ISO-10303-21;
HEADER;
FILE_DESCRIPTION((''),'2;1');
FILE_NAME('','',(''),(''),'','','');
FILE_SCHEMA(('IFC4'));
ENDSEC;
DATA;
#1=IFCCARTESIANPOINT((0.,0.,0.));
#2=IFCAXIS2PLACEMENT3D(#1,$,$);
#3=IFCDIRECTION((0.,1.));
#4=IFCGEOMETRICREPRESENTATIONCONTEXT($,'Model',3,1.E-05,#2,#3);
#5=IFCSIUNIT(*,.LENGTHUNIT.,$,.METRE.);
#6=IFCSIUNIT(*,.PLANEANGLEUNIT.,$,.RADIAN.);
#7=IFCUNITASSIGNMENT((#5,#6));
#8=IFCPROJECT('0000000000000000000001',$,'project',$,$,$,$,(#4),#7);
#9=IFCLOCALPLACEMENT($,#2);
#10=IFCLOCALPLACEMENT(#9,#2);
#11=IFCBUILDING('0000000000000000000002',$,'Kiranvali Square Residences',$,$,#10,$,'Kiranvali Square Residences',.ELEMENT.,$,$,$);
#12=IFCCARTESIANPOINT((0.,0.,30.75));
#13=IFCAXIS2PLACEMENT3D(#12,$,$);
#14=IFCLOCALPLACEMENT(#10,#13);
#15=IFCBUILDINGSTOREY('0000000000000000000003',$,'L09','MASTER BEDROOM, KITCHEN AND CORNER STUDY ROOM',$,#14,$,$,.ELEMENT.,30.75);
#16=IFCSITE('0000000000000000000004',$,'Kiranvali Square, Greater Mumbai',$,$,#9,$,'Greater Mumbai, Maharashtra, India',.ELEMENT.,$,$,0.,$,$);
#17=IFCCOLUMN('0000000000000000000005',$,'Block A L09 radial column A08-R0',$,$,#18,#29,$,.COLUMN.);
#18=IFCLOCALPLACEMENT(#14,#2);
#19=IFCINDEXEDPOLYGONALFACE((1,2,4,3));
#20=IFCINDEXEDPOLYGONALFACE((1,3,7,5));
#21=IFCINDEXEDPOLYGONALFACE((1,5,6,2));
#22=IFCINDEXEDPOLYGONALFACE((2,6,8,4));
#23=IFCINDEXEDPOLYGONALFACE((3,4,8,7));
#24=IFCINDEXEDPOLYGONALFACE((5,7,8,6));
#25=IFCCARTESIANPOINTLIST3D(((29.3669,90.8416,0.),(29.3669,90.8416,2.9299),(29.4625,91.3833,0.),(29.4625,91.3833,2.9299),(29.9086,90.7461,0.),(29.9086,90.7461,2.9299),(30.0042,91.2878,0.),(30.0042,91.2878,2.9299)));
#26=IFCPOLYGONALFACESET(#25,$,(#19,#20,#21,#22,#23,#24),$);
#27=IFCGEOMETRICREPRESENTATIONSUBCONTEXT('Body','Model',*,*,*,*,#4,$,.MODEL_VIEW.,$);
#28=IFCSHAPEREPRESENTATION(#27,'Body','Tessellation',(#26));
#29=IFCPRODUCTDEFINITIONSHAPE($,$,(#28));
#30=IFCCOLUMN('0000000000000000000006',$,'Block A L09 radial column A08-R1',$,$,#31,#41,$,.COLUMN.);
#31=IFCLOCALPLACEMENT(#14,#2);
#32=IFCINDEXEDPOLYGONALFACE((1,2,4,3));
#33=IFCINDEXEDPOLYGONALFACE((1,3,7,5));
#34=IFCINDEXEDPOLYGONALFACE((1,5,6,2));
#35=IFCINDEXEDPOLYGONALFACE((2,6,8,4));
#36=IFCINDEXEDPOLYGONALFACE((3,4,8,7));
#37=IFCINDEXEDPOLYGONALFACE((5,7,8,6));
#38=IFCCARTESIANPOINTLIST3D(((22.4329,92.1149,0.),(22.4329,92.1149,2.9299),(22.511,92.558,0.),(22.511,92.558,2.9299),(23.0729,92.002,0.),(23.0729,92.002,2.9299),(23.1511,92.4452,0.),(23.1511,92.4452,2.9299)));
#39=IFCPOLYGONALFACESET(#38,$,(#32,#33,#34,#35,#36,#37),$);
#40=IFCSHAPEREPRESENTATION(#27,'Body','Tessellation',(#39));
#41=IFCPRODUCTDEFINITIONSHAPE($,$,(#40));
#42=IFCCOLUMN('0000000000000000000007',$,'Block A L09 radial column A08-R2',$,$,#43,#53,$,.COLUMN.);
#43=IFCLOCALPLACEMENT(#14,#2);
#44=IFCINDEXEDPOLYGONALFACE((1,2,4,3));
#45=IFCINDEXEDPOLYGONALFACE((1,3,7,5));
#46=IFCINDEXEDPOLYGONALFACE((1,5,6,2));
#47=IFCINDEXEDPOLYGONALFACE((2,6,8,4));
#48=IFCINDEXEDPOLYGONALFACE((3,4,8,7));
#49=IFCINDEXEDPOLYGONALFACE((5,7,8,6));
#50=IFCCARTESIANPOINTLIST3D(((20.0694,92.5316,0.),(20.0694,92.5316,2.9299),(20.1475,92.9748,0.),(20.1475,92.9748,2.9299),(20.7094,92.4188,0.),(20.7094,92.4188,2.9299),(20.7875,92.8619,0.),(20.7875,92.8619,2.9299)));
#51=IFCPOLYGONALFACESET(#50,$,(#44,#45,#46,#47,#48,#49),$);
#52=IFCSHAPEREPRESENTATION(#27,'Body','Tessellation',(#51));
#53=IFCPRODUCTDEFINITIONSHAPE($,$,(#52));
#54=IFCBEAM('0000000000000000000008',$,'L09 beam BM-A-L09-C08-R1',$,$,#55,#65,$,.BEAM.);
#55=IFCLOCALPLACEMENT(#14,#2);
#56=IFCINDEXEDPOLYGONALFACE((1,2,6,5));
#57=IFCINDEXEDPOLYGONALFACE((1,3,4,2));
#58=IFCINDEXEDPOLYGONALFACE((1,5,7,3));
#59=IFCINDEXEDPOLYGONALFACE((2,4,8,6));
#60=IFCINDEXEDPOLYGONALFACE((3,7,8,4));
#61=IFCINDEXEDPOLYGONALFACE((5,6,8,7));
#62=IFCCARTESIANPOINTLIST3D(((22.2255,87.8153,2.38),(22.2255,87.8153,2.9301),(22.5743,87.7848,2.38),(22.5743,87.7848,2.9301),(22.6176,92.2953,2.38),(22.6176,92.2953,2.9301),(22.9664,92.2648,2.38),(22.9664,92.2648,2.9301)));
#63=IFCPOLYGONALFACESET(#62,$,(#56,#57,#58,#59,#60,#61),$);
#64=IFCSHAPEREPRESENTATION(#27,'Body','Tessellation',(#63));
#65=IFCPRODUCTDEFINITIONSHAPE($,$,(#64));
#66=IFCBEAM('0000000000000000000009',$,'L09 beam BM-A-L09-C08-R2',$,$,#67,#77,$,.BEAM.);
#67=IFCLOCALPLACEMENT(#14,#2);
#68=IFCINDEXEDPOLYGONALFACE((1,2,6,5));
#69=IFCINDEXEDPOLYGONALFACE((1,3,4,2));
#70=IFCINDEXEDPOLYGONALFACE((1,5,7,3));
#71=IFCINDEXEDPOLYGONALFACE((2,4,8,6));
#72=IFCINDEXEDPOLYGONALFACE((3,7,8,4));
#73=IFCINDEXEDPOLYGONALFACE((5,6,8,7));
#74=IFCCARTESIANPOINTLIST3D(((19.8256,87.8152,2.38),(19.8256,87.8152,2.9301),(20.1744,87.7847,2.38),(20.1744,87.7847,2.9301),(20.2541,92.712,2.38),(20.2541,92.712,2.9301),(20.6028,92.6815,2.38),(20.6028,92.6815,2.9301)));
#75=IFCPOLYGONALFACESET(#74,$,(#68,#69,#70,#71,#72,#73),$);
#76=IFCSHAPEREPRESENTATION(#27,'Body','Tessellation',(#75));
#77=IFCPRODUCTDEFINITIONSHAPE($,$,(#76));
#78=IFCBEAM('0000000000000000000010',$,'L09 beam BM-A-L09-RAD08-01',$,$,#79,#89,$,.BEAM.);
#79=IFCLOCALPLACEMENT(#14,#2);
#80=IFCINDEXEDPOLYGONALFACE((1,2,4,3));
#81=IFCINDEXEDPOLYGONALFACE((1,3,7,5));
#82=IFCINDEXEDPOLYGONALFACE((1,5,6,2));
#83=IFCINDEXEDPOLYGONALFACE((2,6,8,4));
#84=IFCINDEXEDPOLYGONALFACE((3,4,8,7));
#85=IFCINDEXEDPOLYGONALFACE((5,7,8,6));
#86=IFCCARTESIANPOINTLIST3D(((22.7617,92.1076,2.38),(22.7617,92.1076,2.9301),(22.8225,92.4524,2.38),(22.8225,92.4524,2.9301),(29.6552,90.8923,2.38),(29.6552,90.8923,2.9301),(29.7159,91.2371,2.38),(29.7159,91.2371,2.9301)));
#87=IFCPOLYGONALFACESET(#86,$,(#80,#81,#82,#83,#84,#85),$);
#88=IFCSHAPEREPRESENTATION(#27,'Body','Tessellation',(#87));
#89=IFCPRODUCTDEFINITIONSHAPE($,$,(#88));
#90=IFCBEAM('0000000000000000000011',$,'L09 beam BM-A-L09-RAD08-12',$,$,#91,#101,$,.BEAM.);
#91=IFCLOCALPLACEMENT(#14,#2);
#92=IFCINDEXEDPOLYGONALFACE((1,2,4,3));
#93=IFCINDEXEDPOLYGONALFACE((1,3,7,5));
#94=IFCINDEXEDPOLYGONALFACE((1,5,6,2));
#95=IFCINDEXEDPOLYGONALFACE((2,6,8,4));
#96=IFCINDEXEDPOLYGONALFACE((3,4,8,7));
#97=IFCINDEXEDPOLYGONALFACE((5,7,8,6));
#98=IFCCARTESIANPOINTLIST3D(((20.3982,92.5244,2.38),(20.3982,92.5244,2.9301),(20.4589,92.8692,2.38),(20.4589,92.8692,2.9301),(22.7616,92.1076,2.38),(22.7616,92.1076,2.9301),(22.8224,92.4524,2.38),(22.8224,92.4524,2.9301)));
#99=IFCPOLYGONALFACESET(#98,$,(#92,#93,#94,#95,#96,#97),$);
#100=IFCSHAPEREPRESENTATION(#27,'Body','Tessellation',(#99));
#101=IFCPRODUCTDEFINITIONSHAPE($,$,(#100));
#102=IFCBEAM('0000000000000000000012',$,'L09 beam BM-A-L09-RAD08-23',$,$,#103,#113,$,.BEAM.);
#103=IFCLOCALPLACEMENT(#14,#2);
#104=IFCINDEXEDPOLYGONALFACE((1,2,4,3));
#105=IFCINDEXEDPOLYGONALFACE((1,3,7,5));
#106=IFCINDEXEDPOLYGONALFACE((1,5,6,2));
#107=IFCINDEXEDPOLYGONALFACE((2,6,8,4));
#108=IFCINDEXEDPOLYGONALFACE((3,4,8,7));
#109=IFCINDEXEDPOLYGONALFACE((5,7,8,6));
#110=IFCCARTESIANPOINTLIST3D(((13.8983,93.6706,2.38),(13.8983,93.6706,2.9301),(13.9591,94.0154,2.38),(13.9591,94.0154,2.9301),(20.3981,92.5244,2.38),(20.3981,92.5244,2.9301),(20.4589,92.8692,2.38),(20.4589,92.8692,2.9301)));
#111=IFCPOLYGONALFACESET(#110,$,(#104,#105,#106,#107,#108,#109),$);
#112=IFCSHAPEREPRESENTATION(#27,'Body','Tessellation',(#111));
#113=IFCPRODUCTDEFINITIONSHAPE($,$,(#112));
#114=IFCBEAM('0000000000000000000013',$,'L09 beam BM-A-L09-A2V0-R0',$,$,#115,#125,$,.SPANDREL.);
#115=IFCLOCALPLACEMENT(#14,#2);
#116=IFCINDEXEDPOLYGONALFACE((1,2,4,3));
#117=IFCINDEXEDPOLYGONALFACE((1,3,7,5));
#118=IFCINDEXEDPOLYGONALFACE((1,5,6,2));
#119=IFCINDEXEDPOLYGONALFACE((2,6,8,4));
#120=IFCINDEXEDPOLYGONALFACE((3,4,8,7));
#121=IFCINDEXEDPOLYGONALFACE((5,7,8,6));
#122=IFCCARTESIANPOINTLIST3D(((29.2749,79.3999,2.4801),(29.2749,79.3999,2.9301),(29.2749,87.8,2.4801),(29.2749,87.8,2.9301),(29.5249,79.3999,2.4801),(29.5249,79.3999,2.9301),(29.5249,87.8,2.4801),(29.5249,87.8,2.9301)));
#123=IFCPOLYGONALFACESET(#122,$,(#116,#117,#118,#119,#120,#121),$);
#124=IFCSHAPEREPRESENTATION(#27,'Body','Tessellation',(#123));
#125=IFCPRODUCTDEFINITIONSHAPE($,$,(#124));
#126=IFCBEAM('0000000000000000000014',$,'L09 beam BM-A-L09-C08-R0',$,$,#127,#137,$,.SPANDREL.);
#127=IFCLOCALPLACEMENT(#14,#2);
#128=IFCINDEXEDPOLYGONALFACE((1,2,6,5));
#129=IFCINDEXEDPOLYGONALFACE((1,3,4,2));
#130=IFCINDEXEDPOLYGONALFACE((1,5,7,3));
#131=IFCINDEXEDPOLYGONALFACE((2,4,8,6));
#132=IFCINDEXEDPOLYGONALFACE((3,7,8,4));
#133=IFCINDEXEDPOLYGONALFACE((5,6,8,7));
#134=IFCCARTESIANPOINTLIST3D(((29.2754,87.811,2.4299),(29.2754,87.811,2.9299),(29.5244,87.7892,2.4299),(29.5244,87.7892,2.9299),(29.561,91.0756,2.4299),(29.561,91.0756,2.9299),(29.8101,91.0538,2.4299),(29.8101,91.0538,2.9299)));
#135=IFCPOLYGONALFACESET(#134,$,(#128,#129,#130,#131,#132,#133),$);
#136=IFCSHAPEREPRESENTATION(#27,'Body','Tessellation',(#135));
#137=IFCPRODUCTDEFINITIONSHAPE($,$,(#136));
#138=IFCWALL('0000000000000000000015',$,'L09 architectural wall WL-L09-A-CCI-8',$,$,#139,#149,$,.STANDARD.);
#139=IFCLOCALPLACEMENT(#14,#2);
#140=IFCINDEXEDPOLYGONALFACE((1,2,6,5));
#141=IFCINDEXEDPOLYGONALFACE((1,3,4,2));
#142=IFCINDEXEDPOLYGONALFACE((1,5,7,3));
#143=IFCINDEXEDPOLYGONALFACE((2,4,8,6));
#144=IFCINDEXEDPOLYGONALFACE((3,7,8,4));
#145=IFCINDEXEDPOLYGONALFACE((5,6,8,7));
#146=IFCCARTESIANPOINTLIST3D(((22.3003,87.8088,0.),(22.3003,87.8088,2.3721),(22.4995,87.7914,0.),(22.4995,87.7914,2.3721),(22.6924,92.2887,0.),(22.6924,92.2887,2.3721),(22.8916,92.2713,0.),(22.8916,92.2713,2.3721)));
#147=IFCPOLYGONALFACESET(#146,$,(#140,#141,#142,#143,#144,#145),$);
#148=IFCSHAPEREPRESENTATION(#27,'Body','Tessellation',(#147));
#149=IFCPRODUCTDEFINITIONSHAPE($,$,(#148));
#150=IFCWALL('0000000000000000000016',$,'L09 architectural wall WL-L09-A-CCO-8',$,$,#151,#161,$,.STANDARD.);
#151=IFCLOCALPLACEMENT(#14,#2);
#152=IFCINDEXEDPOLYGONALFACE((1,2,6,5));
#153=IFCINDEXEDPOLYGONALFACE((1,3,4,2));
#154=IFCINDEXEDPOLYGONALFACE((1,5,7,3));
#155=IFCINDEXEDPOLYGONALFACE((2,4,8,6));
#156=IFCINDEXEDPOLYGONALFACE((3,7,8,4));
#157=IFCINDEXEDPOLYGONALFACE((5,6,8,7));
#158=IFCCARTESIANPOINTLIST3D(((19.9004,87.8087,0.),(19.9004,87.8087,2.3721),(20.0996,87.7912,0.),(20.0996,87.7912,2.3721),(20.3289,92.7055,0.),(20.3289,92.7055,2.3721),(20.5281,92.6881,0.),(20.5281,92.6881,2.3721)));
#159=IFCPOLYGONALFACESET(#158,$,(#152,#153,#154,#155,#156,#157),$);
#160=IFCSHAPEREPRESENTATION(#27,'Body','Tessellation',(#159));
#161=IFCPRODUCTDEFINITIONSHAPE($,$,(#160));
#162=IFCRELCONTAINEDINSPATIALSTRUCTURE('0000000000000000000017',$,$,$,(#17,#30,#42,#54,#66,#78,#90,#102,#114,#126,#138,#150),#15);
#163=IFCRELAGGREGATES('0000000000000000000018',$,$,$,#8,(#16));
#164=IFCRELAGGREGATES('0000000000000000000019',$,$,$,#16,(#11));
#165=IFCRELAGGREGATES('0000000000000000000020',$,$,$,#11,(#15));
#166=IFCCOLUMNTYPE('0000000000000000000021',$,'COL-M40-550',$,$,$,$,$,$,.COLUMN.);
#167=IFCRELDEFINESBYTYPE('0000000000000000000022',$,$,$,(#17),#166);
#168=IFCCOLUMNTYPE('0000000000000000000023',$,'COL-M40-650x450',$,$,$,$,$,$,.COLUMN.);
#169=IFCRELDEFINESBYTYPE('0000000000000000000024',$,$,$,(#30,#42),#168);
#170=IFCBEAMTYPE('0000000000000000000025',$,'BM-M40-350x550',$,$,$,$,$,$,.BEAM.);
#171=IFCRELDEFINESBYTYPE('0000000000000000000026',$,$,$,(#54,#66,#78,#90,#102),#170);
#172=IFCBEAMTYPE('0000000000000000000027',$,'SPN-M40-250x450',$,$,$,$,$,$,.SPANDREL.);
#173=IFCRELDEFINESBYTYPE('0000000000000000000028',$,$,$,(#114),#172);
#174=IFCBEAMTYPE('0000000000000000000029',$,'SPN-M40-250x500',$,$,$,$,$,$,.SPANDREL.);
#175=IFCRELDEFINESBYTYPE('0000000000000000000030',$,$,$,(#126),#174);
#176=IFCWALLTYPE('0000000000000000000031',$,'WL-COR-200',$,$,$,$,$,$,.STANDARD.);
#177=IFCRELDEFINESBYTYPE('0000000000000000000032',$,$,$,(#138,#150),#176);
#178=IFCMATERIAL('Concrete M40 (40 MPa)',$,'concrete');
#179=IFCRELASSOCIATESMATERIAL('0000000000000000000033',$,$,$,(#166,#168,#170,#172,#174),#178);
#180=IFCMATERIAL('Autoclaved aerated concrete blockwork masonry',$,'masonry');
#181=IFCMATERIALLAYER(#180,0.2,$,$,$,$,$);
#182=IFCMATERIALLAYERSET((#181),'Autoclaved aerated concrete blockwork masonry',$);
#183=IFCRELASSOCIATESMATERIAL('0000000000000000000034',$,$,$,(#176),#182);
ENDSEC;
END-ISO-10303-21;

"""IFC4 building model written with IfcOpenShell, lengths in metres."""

from ifc_helpers import new_model, si_unit, direction, frame, frame_2d, origin, origin_2d, place, context, subcontext, project, spatial, rectangle, extrude, material, layer, layer_set, material_profile, profile_set, type_object, element, save


model = new_model("IFC4")

# Units and contexts
model_context = context("Model", 3, precision=1e-05, world=origin(), true_north=direction((0.0, 1.0)))
body_context = subcontext(model_context, "Body", "Model", "MODEL_VIEW")
ifc_project = project(units=[si_unit("LENGTHUNIT", "METRE"), si_unit("PLANEANGLEUNIT", "RADIAN")], contexts=[model_context])

# Site, building, storey
site_placement = place(None, origin())
site = spatial("IfcSite", under=ifc_project, at=site_placement, Name="Kiranvali Square, Greater Mumbai", LongName="Greater Mumbai, Maharashtra, India", CompositionType="ELEMENT", RefElevation=0.0)
building_placement = place(site_placement, origin())
building = spatial("IfcBuilding", under=site, at=building_placement, Name="Kiranvali Square Residences", LongName="Kiranvali Square Residences", CompositionType="ELEMENT")
storey_placement = place(building_placement, frame((0.0, 0.0, 30.75)))
storey = spatial("IfcBuildingStorey", under=building, at=storey_placement, Name="L09", Description="MASTER BEDROOM, KITCHEN AND CORNER STUDY ROOM", CompositionType="ELEMENT", Elevation=30.75)

# Columns
ifc_material_1 = material(Name="Concrete M40 (40 MPa)", Category="concrete")
ifc_material_profile_1 = material_profile(ifc_material_1, rectangle(XDim=0.55, YDim=0.55, at=origin_2d()), Name="RC 550x550")
ifc_profile_set_1 = profile_set([ifc_material_profile_1], Name="Concrete M40 (40 MPa)")
column_type_1 = type_object("IfcColumnType", Name="COL-M40-550", PredefinedType="COLUMN", material=ifc_profile_set_1)
column_placement = place(storey_placement, frame((29.6855, 91.0647, 0.0), z_axis=(0.0, 0.0, 1.0), x_axis=(0.173648, 0.984808, 0.0)))
element("IfcColumn", 1, at=column_placement, inside=storey, type_object=column_type_1, Name="Block A L09 radial column A08-R0", PredefinedType="COLUMN", context=body_context, shape_type="SweptSolid", body=[
    extrude(rectangle(XDim=0.55, YDim=0.55, at=origin_2d()), origin(), (0.0, 0.0, 1.0), 2.9299),
])
ifc_material_profile_2 = material_profile(ifc_material_1, rectangle(XDim=0.45, YDim=0.6499, at=origin_2d()), Name="RC 650x450")
ifc_profile_set_2 = profile_set([ifc_material_profile_2], Name="Concrete M40 (40 MPa)")
column_type_2 = type_object("IfcColumnType", Name="COL-M40-650x450", PredefinedType="COLUMN", material=ifc_profile_set_2)
for number, where, z_axis, x_axis, name in (
    (2, (22.792, 92.28, 0.0), (0.0, 0.0, 1.0), (0.173648, 0.984808, 0.0), "Block A L09 radial column A08-R1"),
    (3, (20.4285, 92.6968, 0.0), (0.0, 0.0, 1.0), (0.173648, 0.984808, 0.0), "Block A L09 radial column A08-R2"),
):
    element("IfcColumn", number, at=place(storey_placement, frame(where, z_axis=z_axis, x_axis=x_axis)), inside=storey, type_object=column_type_2, Name=name, PredefinedType="COLUMN", context=body_context, shape_type="SweptSolid", body=[
        extrude(rectangle(XDim=0.45, YDim=0.6499, at=origin_2d()), origin(), (0.0, 0.0, 1.0), 2.9299),
    ])

# Beams
ifc_material_profile_3 = material_profile(ifc_material_1, rectangle(XDim=0.3501, YDim=0.55, at=origin_2d()), Name="RC 350x550")
ifc_profile_set_3 = profile_set([ifc_material_profile_3], Name="Concrete M40 (40 MPa)")
beam_type_1 = type_object("IfcBeamType", Name="BM-M40-350x550", PredefinedType="BEAM", material=ifc_profile_set_3)
beam_1_placement = place(storey_placement, frame((22.792, 92.28, 2.655), z_axis=(-0.087187, -0.996192, 0.0), x_axis=(0.996192, -0.087187, 0.0)))
element("IfcBeam", 4, at=beam_1_placement, inside=storey, type_object=beam_type_1, Name="L09 beam BM-A-L09-C08-R1", PredefinedType="BEAM", context=body_context, shape_type="SweptSolid", body=[
    extrude(rectangle(XDim=0.3501, YDim=0.55, at=origin_2d()), origin(), (0.0, 0.0, 1.0), 4.4971),
])
beam_2_placement = place(storey_placement, frame((20.4285, 92.6968, 2.655), z_axis=(-0.087168, -0.996194, 0.0), x_axis=(0.996194, -0.087168, 0.0)))
element("IfcBeam", 5, at=beam_2_placement, inside=storey, type_object=beam_type_1, Name="L09 beam BM-A-L09-C08-R2", PredefinedType="BEAM", context=body_context, shape_type="SweptSolid", body=[
    extrude(rectangle(XDim=0.3501, YDim=0.55, at=origin_2d()), origin(), (0.0, 0.0, 1.0), 4.9155),
])
beam_3_placement = place(storey_placement, frame((29.6855, 91.0647, 2.655), z_axis=(-0.984812, 0.173622, 0.0), x_axis=(-0.173622, -0.984812, 0.0)))
element("IfcBeam", 6, at=beam_3_placement, inside=storey, type_object=beam_type_1, Name="L09 beam BM-A-L09-RAD08-01", PredefinedType="BEAM", context=body_context, shape_type="SweptSolid", body=[
    extrude(rectangle(XDim=0.3501, YDim=0.55, at=origin_2d()), origin(), (0.0, 0.0, 1.0), 6.9998),
])
beam_4_placement = place(storey_placement, frame((22.792, 92.28, 2.655), z_axis=(-0.984808, 0.173646, 0.0), x_axis=(-0.173646, -0.984808, 0.0)))
element("IfcBeam", 7, at=beam_4_placement, inside=storey, type_object=beam_type_1, Name="L09 beam BM-A-L09-RAD08-12", PredefinedType="BEAM", context=body_context, shape_type="SweptSolid", body=[
    extrude(rectangle(XDim=0.3501, YDim=0.55, at=origin_2d()), origin(), (0.0, 0.0, 1.0), 2.3999),
])
beam_5_placement = place(storey_placement, frame((20.4285, 92.6968, 2.655), z_axis=(-0.984804, 0.173671, 0.0), x_axis=(-0.173671, -0.984804, 0.0)))
element("IfcBeam", 8, at=beam_5_placement, inside=storey, type_object=beam_type_1, Name="L09 beam BM-A-L09-RAD08-23", PredefinedType="BEAM", context=body_context, shape_type="SweptSolid", body=[
    extrude(rectangle(XDim=0.3501, YDim=0.55, at=origin_2d()), origin(), (0.0, 0.0, 1.0), 6.6001),
])
ifc_material_profile_4 = material_profile(ifc_material_1, rectangle(XDim=0.25, YDim=0.45, at=origin_2d()), Name="RC 250x450")
ifc_profile_set_4 = profile_set([ifc_material_profile_4], Name="Concrete M40 (40 MPa)")
beam_type_2 = type_object("IfcBeamType", Name="SPN-M40-250x450", PredefinedType="SPANDREL", material=ifc_profile_set_4)
beam_6_placement = place(storey_placement, frame((29.3999, 87.8, 2.7051), z_axis=(0.0, -1.0, 0.0), x_axis=(1.0, 0.0, 0.0)))
element("IfcBeam", 9, at=beam_6_placement, inside=storey, type_object=beam_type_2, Name="L09 beam BM-A-L09-A2V0-R0", PredefinedType="SPANDREL", context=body_context, shape_type="SweptSolid", body=[
    extrude(rectangle(XDim=0.25, YDim=0.45, at=origin_2d()), origin(), (0.0, 0.0, 1.0), 8.4001),
])
ifc_material_profile_5 = material_profile(ifc_material_1, rectangle(XDim=0.25, YDim=0.5, at=origin_2d()), Name="RC 250x500")
ifc_profile_set_5 = profile_set([ifc_material_profile_5], Name="Concrete M40 (40 MPa)")
beam_type_3 = type_object("IfcBeamType", Name="SPN-M40-250x500", PredefinedType="SPANDREL", material=ifc_profile_set_5)
beam_7_placement = place(storey_placement, frame((29.6855, 91.0647, 2.6799), z_axis=(-0.087163, -0.996194, 0.0), x_axis=(0.996194, -0.087163, 0.0)))
element("IfcBeam", 10, at=beam_7_placement, inside=storey, type_object=beam_type_3, Name="L09 beam BM-A-L09-C08-R0", PredefinedType="SPANDREL", context=body_context, shape_type="SweptSolid", body=[
    extrude(rectangle(XDim=0.25, YDim=0.5, at=origin_2d()), origin(), (0.0, 0.0, 1.0), 3.2771),
])

# Walls
ifc_material_2 = material(Name="Autoclaved aerated concrete blockwork masonry", Category="masonry")
ifc_layer_1 = layer(ifc_material_2, 0.2)
ifc_layer_set_1 = layer_set([ifc_layer_1], Name="Autoclaved aerated concrete blockwork masonry")
wall_type_1 = type_object("IfcWallType", Name="WL-COR-200", PredefinedType="STANDARD", material=ifc_layer_set_1)
wall_1_placement = place(storey_placement, frame((22.792, 92.28, 0.0), z_axis=(0.0, 0.0, 1.0), x_axis=(-0.087187, -0.996192, 0.0)))
element("IfcWall", 11, at=wall_1_placement, inside=storey, type_object=wall_type_1, Name="L09 architectural wall WL-L09-A-CCI-8", PredefinedType="STANDARD", context=body_context, shape_type="SweptSolid", body=[
    extrude(rectangle(XDim=4.4971, YDim=0.2, at=frame_2d((2.2485, 0.0))), origin(), (0.0, 0.0, 1.0), 2.3721),
])
wall_2_placement = place(storey_placement, frame((20.4285, 92.6968, 0.0), z_axis=(0.0, 0.0, 1.0), x_axis=(-0.087168, -0.996194, 0.0)))
element("IfcWall", 12, at=wall_2_placement, inside=storey, type_object=wall_type_1, Name="L09 architectural wall WL-L09-A-CCO-8", PredefinedType="STANDARD", context=body_context, shape_type="SweptSolid", body=[
    extrude(rectangle(XDim=4.9155, YDim=0.2, at=frame_2d((2.4578, 0.0))), origin(), (0.0, 0.0, 1.0), 2.3721),
])

save(model, "model.ifc")
